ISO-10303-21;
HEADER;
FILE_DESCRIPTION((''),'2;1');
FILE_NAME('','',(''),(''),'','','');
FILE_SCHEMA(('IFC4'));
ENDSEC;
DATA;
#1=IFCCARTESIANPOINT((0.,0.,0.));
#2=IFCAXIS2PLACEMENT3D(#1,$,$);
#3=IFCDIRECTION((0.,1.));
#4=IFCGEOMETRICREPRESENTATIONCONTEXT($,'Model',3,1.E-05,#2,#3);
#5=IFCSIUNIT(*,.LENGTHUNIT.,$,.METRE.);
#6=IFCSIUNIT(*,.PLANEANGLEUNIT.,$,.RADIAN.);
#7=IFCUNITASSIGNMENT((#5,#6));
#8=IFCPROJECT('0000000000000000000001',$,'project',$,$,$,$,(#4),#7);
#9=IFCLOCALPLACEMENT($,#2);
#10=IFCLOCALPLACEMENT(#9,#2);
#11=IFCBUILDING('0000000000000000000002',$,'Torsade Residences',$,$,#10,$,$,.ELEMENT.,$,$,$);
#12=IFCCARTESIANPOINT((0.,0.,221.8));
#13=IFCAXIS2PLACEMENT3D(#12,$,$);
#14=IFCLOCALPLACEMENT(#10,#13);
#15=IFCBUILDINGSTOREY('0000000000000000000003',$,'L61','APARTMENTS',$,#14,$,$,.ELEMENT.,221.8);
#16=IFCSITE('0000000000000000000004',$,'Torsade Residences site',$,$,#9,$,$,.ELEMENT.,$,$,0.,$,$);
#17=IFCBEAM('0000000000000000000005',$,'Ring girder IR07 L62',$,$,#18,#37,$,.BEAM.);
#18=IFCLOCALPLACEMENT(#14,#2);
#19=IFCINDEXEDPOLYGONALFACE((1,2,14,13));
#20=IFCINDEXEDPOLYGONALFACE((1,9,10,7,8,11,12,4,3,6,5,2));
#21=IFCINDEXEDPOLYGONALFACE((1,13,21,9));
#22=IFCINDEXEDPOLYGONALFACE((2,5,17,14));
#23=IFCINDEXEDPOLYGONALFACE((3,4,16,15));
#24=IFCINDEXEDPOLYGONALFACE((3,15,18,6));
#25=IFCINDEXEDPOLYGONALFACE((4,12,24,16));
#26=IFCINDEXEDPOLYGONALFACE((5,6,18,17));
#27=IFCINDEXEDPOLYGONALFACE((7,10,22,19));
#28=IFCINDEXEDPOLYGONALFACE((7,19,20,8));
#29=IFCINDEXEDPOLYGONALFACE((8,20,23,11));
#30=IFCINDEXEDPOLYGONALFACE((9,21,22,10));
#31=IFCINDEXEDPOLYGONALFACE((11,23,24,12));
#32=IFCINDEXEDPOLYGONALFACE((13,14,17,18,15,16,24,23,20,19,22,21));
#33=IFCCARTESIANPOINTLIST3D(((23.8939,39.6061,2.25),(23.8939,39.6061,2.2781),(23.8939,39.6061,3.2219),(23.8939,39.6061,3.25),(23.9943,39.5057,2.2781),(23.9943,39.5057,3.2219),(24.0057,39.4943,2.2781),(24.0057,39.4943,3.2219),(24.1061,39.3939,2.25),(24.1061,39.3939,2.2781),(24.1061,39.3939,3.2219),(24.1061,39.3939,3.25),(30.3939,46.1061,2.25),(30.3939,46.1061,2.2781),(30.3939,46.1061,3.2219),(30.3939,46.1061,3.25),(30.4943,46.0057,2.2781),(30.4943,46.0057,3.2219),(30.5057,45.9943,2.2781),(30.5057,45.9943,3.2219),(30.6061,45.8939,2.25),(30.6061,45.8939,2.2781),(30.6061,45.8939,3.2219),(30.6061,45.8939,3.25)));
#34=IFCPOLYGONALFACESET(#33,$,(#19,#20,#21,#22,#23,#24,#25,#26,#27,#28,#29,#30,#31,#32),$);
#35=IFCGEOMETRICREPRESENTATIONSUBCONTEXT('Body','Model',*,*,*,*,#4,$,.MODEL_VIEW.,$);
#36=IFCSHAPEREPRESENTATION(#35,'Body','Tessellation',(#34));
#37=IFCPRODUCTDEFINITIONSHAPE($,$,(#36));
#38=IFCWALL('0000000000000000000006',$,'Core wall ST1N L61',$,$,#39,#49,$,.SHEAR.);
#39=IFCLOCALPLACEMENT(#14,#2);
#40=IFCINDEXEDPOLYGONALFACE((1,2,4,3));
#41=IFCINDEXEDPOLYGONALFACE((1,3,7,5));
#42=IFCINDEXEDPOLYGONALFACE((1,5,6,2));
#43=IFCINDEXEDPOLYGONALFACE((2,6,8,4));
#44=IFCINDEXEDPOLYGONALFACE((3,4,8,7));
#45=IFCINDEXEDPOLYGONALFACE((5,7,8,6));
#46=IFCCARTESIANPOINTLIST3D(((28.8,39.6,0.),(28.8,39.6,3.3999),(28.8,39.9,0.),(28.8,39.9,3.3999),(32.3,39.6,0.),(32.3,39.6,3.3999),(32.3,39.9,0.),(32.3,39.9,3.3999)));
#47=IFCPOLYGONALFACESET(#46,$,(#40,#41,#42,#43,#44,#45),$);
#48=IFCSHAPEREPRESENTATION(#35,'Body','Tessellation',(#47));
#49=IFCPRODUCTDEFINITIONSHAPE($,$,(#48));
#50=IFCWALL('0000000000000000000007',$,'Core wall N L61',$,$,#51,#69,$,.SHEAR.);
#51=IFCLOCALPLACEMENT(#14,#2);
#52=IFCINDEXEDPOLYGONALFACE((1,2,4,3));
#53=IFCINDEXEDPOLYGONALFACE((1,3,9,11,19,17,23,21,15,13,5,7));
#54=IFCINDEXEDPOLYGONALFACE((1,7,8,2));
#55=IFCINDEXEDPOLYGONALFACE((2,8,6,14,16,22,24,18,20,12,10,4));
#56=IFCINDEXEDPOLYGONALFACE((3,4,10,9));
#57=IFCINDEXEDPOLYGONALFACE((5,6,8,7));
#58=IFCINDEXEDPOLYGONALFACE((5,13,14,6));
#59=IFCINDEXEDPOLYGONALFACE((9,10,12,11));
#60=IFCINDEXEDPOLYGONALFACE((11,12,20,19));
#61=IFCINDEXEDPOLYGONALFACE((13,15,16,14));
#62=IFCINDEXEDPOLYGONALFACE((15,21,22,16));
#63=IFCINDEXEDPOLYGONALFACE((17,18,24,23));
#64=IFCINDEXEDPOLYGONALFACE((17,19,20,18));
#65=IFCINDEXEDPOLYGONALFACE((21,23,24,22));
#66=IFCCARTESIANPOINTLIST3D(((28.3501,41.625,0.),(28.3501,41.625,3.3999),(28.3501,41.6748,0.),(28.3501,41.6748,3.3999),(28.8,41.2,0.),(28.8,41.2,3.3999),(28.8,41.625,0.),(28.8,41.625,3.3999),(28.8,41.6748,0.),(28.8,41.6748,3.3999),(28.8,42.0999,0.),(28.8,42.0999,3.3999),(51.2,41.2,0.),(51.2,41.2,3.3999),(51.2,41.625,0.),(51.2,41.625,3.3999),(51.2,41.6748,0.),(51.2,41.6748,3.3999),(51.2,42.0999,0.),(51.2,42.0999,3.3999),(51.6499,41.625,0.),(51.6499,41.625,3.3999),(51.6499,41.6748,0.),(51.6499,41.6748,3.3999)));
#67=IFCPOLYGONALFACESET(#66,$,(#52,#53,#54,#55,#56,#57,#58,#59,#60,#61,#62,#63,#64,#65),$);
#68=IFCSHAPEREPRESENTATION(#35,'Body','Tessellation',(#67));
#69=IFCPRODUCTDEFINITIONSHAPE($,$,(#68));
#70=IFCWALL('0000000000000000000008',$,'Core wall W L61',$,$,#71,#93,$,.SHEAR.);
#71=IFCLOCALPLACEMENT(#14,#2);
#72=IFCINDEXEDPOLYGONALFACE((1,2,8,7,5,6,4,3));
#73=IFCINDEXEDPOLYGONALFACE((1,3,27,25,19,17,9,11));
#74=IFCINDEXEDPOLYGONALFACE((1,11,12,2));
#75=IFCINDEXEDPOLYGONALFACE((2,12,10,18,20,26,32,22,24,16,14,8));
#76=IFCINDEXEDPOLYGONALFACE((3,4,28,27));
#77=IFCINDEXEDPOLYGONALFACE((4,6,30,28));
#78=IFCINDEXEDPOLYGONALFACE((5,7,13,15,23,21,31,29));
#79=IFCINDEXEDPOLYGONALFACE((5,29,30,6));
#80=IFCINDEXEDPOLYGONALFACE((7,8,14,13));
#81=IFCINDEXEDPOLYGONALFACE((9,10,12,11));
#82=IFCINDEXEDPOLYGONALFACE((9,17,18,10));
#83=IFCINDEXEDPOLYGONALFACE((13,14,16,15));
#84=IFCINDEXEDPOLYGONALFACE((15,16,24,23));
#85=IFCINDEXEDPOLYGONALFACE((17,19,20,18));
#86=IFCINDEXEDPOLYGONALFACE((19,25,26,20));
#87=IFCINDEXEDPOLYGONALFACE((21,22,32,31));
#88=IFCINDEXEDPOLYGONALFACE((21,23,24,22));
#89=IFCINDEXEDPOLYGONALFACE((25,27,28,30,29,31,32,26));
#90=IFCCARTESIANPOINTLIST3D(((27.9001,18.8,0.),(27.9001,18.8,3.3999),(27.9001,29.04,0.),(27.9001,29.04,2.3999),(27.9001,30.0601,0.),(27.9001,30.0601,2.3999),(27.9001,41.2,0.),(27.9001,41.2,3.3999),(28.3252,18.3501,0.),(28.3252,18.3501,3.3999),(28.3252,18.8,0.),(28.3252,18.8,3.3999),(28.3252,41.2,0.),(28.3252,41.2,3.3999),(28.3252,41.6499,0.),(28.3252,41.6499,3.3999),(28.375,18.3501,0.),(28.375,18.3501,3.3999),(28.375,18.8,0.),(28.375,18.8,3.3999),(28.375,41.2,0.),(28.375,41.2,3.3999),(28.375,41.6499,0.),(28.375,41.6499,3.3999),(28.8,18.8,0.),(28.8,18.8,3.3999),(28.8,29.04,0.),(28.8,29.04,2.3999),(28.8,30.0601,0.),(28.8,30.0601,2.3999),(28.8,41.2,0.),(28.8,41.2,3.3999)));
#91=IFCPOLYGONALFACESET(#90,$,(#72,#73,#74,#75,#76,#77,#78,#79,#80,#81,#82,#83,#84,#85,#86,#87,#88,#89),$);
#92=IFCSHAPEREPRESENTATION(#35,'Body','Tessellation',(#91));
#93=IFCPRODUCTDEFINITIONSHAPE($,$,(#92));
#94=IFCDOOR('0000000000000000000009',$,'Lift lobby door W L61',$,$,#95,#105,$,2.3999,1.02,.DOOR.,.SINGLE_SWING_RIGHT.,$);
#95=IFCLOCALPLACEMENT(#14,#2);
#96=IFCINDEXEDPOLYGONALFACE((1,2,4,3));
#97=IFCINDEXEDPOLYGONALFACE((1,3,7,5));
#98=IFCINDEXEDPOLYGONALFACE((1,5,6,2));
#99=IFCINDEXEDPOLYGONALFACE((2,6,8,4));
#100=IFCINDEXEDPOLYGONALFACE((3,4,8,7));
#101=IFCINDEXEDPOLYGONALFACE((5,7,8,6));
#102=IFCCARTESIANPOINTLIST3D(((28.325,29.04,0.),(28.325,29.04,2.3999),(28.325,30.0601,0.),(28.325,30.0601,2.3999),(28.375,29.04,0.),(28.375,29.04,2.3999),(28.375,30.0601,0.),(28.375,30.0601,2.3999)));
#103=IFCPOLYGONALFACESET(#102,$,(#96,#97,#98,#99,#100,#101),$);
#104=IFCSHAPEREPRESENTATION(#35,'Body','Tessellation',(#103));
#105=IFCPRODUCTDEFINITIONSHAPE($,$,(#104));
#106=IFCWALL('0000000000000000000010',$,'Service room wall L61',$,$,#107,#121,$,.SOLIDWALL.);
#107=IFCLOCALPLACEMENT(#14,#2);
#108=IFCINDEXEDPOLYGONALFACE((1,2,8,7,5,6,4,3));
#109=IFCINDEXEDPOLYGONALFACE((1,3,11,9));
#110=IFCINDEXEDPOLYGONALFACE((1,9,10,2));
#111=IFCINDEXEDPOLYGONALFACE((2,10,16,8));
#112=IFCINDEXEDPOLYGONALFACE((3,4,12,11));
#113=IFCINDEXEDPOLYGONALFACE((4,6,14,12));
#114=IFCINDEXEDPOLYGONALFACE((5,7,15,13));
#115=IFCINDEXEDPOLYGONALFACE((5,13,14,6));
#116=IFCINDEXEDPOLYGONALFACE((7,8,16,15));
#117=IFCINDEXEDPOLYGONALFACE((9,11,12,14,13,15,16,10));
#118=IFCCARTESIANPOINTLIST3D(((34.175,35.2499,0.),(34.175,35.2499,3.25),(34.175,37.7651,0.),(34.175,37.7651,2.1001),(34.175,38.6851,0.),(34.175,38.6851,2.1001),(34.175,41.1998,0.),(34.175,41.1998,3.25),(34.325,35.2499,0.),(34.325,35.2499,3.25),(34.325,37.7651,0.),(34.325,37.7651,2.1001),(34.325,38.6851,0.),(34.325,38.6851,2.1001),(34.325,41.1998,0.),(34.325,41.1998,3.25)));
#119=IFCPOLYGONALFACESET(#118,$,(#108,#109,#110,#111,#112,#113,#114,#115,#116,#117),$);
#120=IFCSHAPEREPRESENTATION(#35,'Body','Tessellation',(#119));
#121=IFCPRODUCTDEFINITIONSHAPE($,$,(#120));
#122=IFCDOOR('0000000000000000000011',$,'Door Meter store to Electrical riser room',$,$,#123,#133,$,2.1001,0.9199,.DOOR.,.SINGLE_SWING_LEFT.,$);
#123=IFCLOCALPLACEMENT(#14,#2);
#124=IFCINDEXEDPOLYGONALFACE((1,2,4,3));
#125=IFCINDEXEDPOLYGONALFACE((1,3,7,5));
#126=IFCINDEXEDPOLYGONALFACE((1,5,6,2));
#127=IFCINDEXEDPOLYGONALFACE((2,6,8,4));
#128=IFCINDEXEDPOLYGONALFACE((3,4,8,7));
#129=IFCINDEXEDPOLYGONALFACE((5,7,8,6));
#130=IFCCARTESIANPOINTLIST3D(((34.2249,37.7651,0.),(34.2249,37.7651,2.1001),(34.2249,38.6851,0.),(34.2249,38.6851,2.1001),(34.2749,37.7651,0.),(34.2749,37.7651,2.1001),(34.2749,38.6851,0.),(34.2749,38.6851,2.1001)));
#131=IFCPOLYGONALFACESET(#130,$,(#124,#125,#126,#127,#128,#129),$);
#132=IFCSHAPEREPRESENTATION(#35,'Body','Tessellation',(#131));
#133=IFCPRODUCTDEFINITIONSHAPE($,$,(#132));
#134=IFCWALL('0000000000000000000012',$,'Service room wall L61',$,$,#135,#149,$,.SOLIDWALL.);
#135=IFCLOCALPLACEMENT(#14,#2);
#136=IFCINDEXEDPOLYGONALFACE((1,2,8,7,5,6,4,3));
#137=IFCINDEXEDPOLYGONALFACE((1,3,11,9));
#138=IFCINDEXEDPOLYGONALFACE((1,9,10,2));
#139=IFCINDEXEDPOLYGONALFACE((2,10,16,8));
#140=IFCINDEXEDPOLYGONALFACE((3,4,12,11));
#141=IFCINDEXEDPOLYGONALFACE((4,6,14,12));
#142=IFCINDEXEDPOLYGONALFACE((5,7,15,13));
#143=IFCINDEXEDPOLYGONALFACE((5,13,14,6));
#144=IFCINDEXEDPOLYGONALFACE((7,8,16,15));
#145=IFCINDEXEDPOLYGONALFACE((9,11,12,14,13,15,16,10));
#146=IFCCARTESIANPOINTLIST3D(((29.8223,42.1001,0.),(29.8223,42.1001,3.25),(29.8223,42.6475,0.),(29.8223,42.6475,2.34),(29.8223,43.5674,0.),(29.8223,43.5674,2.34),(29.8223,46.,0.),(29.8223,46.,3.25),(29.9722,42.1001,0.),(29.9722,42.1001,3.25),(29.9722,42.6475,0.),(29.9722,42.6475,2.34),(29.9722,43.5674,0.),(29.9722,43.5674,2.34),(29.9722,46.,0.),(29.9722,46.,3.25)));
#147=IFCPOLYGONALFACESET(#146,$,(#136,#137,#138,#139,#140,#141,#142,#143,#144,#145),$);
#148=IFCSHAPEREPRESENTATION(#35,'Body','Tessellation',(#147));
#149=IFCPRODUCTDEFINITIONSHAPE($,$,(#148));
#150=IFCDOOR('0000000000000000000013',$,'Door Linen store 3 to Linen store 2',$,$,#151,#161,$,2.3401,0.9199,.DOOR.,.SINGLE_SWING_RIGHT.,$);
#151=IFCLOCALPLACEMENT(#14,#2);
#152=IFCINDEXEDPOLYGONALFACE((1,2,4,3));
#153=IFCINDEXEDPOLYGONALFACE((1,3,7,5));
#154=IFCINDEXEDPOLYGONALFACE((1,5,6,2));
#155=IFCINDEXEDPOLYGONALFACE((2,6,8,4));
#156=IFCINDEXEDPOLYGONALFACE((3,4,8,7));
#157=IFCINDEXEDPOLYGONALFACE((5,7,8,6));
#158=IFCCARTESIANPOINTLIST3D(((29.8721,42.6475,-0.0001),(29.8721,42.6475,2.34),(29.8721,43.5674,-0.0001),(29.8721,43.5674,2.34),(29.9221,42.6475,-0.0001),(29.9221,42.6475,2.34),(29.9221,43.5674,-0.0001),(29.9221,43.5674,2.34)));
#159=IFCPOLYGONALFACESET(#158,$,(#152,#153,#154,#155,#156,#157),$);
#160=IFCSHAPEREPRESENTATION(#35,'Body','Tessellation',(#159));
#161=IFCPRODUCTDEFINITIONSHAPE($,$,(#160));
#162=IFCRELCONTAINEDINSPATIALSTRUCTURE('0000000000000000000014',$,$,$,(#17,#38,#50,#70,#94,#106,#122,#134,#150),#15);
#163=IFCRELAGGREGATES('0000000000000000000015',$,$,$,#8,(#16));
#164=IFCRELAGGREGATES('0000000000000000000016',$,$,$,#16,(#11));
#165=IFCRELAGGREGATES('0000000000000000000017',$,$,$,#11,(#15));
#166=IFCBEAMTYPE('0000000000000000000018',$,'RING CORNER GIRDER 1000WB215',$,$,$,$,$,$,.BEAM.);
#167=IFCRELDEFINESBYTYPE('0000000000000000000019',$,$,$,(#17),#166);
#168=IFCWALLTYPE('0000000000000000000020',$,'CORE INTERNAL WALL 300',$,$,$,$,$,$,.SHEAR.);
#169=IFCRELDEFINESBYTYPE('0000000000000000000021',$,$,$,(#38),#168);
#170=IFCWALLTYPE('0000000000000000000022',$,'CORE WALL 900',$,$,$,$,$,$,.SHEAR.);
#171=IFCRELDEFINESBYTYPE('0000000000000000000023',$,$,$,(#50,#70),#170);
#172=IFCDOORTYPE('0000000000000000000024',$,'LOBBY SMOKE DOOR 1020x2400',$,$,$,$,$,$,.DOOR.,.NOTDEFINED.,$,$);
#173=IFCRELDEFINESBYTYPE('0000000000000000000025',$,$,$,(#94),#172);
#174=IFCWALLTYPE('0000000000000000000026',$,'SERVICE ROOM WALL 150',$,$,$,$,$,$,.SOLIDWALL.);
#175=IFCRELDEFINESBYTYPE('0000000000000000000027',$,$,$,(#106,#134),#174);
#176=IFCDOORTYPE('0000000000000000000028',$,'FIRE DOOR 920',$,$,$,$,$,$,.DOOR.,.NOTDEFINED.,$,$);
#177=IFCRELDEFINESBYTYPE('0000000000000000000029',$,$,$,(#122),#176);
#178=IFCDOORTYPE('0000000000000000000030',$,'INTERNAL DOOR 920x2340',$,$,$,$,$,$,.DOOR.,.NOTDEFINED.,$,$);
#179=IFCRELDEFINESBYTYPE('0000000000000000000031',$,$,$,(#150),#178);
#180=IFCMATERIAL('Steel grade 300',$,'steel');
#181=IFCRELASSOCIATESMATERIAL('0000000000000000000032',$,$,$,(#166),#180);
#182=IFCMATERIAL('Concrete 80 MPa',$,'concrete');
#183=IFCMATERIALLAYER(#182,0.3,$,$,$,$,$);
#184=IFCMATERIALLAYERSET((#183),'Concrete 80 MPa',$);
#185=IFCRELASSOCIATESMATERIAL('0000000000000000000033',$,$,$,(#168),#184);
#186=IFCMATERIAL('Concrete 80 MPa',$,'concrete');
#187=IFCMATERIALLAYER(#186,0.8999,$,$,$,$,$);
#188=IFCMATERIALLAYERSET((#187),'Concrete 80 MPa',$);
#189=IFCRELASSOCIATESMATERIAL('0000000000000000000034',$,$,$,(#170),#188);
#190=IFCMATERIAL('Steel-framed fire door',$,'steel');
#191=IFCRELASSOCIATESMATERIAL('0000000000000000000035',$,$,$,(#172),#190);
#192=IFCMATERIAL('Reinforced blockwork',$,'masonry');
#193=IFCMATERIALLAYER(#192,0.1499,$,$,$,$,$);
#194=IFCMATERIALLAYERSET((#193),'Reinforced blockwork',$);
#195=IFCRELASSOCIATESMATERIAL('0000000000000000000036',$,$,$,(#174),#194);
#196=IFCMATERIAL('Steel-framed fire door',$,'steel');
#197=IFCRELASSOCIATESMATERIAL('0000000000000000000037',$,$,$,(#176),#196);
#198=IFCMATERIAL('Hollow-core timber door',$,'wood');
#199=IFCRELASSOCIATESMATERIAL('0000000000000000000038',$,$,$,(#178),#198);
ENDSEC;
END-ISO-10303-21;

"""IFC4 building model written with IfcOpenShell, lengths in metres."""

from ifc_helpers import new_model, si_unit, direction, frame, frame_2d, origin, origin_2d, place, context, subcontext, project, spatial, polyline, rectangle, i_section, outline, extrude, material, layer, layer_set, material_profile, profile_set, type_object, element, fill, save


model = new_model("IFC4")

# Units and contexts
model_context = context("Model", 3, precision=1e-05, world=origin(), true_north=direction((0.0, 1.0)))
body_context = subcontext(model_context, "Body", "Model", "MODEL_VIEW")
ifc_project = project(units=[si_unit("LENGTHUNIT", "METRE"), si_unit("PLANEANGLEUNIT", "RADIAN")], contexts=[model_context])

# Site, building, storey
site_placement = place(None, origin())
site = spatial("IfcSite", under=ifc_project, at=site_placement, Name="Torsade Residences site", CompositionType="ELEMENT", RefElevation=0.0)
building_placement = place(site_placement, origin())
building = spatial("IfcBuilding", under=site, at=building_placement, Name="Torsade Residences", CompositionType="ELEMENT")
storey_placement = place(building_placement, frame((0.0, 0.0, 221.8)))
storey = spatial("IfcBuildingStorey", under=building, at=storey_placement, Name="L61", Description="APARTMENTS", CompositionType="ELEMENT", Elevation=221.8)

# Beam
ifc_material_1 = material(Name="Steel grade 300", Category="steel")
ifc_material_profile_1 = material_profile(ifc_material_1, i_section(OverallWidth=0.3, OverallDepth=1.0, WebThickness=0.0161, FlangeThickness=0.0281, at=origin_2d()), Name="1000WB215")
ifc_profile_set_1 = profile_set([ifc_material_profile_1], Name="Steel grade 300")
beam_type_1 = type_object("IfcBeamType", Name="RING CORNER GIRDER 1000WB215", PredefinedType="BEAM", material=ifc_profile_set_1)
beam_1_placement = place(storey_placement, frame((30.5, 46.0, 2.75), z_axis=(-0.707107, -0.707107, 0.0), x_axis=(0.707107, -0.707107, 0.0)))
element("IfcBeam", 1, at=beam_1_placement, inside=storey, type_object=beam_type_1, Name="Ring girder IR07 L62", PredefinedType="BEAM", context=body_context, shape_type="SweptSolid", body=[
    extrude(i_section(OverallWidth=0.3, OverallDepth=1.0, WebThickness=0.0161, FlangeThickness=0.0281, at=origin_2d()), origin(), (0.0, 0.0, 1.0), 9.1924),
])

# Walls
ifc_material_2 = material(Name="Concrete 80 MPa", Category="concrete")
ifc_layer_1 = layer(ifc_material_2, 0.3)
ifc_layer_set_1 = layer_set([ifc_layer_1], Name="Concrete 80 MPa")
wall_type_1 = type_object("IfcWallType", Name="CORE INTERNAL WALL 300", PredefinedType="SHEAR", material=ifc_layer_set_1)
wall_1_placement = place(storey_placement, frame((28.8, 39.75, 0.0), z_axis=(0.0, 0.0, 1.0), x_axis=(1.0, 0.0, 0.0)))
element("IfcWall", 2, at=wall_1_placement, inside=storey, type_object=wall_type_1, Name="Core wall ST1N L61", PredefinedType="SHEAR", context=body_context, shape_type="SweptSolid", body=[
    extrude(rectangle(XDim=3.5, YDim=0.3, at=frame_2d((1.75, 0.0))), origin(), (0.0, 0.0, 1.0), 3.3999),
])
ifc_material_3 = material(Name="Concrete 80 MPa", Category="concrete")
ifc_layer_2 = layer(ifc_material_3, 0.8999)
ifc_layer_set_2 = layer_set([ifc_layer_2], Name="Concrete 80 MPa")
wall_type_2 = type_object("IfcWallType", Name="CORE WALL 900", PredefinedType="SHEAR", material=ifc_layer_set_2)
wall_2_placement = place(storey_placement, frame((28.8, 41.6499, 0.0), z_axis=(0.0, 0.0, 1.0), x_axis=(1.0, 0.0, 0.0)))
element("IfcWall", 3, at=wall_2_placement, inside=storey, type_object=wall_type_2, Name="Core wall N L61", PredefinedType="SHEAR", context=body_context, shape_type="SweptSolid", body=[
    extrude(outline(polyline([(0.0, -0.45), (22.3999, -0.45), (22.3999, -0.0249), (22.8499, -0.0249), (22.8499, 0.0249), (22.3999, 0.0249), (22.3999, 0.45), (0.0, 0.45), (0.0, 0.0249), (-0.45, 0.0249), (-0.45, -0.0249), (0.0, -0.0249), (0.0, -0.45)])), origin(), (0.0, 0.0, 1.0), 3.3999),
])

# Walls, openings, doors
wall_3_placement = place(storey_placement, frame((28.3501, 41.2, 0.0), z_axis=(0.0, 0.0, 1.0), x_axis=(0.0, -1.0, 0.0)))
wall_3 = element("IfcWall", 4, at=wall_3_placement, inside=storey, type_object=wall_type_2, Name="Core wall W L61", PredefinedType="SHEAR", context=body_context, shape_type="SweptSolid", body=[
    extrude(outline(polyline([(0.0, -0.45), (22.3999, -0.45), (22.3999, -0.0249), (22.8499, -0.0249), (22.8499, 0.0249), (22.3999, 0.0249), (22.3999, 0.45), (0.0, 0.45), (0.0, 0.0249), (-0.45, 0.0249), (-0.45, -0.0249), (0.0, -0.0249), (0.0, -0.45)])), origin(), (0.0, 0.0, 1.0), 3.3999),
])
opening_1_placement = place(wall_3_placement, frame((11.1399, 0.0, 0.0)))
opening_1 = element("IfcOpeningElement", 5, at=opening_1_placement, cuts=wall_3, PredefinedType="OPENING", context=body_context, shape_type="SweptSolid", body=[
    extrude(rectangle(XDim=1.02, YDim=2.3999, at=frame_2d((0.51, 1.2))), frame((0.0, 0.46, 0.0), z_axis=(0.0, -1.0, 0.0), x_axis=(1.0, 0.0, 0.0)), (0.0, 0.0, 1.0), 0.9199),
])
ifc_material_4 = material(Name="Steel-framed fire door", Category="steel")
door_type_1 = type_object("IfcDoorType", Name="LOBBY SMOKE DOOR 1020x2400", OperationType="NOTDEFINED", PredefinedType="DOOR", material=ifc_material_4)
door_1_placement = place(opening_1_placement, origin())
door_1 = element("IfcDoor", 6, at=door_1_placement, inside=storey, type_object=door_type_1, Name="Lift lobby door W L61", OperationType="SINGLE_SWING_RIGHT", OverallHeight=2.3999, OverallWidth=1.02, PredefinedType="DOOR", context=body_context, shape_type="SweptSolid", body=[
    extrude(rectangle(XDim=1.02, YDim=2.3999, at=frame_2d((0.51, 1.2))), frame((0.0, 0.0249, 0.0), z_axis=(0.0, -1.0, 0.0), x_axis=(1.0, 0.0, 0.0)), (0.0, 0.0, 1.0), 0.05),
])
fill(opening_1, door_1)
ifc_material_5 = material(Name="Reinforced blockwork", Category="masonry")
ifc_layer_3 = layer(ifc_material_5, 0.1499)
ifc_layer_set_3 = layer_set([ifc_layer_3], Name="Reinforced blockwork")
wall_type_3 = type_object("IfcWallType", Name="SERVICE ROOM WALL 150", PredefinedType="SOLIDWALL", material=ifc_layer_set_3)
wall_4_placement = place(storey_placement, frame((34.25, 41.2, 0.0), z_axis=(0.0, 0.0, 1.0), x_axis=(0.0, -1.0, 0.0)))
wall_4 = element("IfcWall", 7, at=wall_4_placement, inside=storey, type_object=wall_type_3, Name="Service room wall L61", PredefinedType="SOLIDWALL", context=body_context, shape_type="SweptSolid", body=[
    extrude(rectangle(XDim=5.95, YDim=0.1499, at=frame_2d((2.9751, 0.0))), origin(), (0.0, 0.0, 1.0), 3.25),
])
opening_2_placement = place(wall_4_placement, frame((2.5149, 0.0, 0.0)))
opening_2 = element("IfcOpeningElement", 8, at=opening_2_placement, cuts=wall_4, PredefinedType="OPENING", context=body_context, shape_type="SweptSolid", body=[
    extrude(rectangle(XDim=0.9199, YDim=2.1001, at=frame_2d((0.46, 1.05))), frame((0.0, 0.085, 0.0), z_axis=(0.0, -1.0, 0.0), x_axis=(1.0, 0.0, 0.0)), (0.0, 0.0, 1.0), 0.1699),
])
ifc_material_6 = material(Name="Steel-framed fire door", Category="steel")
door_type_2 = type_object("IfcDoorType", Name="FIRE DOOR 920", OperationType="NOTDEFINED", PredefinedType="DOOR", material=ifc_material_6)
door_2_placement = place(opening_2_placement, origin())
door_2 = element("IfcDoor", 9, at=door_2_placement, inside=storey, type_object=door_type_2, Name="Door Meter store to Electrical riser room", OperationType="SINGLE_SWING_LEFT", OverallHeight=2.1001, OverallWidth=0.9199, PredefinedType="DOOR", context=body_context, shape_type="SweptSolid", body=[
    extrude(rectangle(XDim=0.9199, YDim=2.1001, at=frame_2d((0.46, 1.05))), frame((0.0, 0.0249, 0.0), z_axis=(0.0, -1.0, 0.0), x_axis=(1.0, 0.0, 0.0)), (0.0, 0.0, 1.0), 0.05),
])
fill(opening_2, door_2)
wall_5_placement = place(storey_placement, frame((29.8972, 46.0, 0.0), z_axis=(0.0, 0.0, 1.0), x_axis=(0.0, -1.0, 0.0)))
wall_5 = element("IfcWall", 10, at=wall_5_placement, inside=storey, type_object=wall_type_3, Name="Service room wall L61", PredefinedType="SOLIDWALL", context=body_context, shape_type="SweptSolid", body=[
    extrude(rectangle(XDim=3.8999, YDim=0.1499, at=frame_2d((1.95, 0.0))), origin(), (0.0, 0.0, 1.0), 3.25),
])
opening_3_placement = place(wall_5_placement, frame((2.4326, 0.0, 0.0)))
opening_3 = element("IfcOpeningElement", 11, at=opening_3_placement, cuts=wall_5, PredefinedType="OPENING", context=body_context, shape_type="SweptSolid", body=[
    extrude(rectangle(XDim=0.9199, YDim=2.3401, at=frame_2d((0.46, 1.1699))), frame((0.0, 0.085, 0.0), z_axis=(0.0, -1.0, 0.0), x_axis=(1.0, 0.0, 0.0)), (0.0, 0.0, 1.0), 0.1699),
])
ifc_material_7 = material(Name="Hollow-core timber door", Category="wood")
door_type_3 = type_object("IfcDoorType", Name="INTERNAL DOOR 920x2340", OperationType="NOTDEFINED", PredefinedType="DOOR", material=ifc_material_7)
door_3_placement = place(opening_3_placement, origin())
door_3 = element("IfcDoor", 12, at=door_3_placement, inside=storey, type_object=door_type_3, Name="Door Linen store 3 to Linen store 2", OperationType="SINGLE_SWING_RIGHT", OverallHeight=2.3401, OverallWidth=0.9199, PredefinedType="DOOR", context=body_context, shape_type="SweptSolid", body=[
    extrude(rectangle(XDim=0.9199, YDim=2.3401, at=frame_2d((0.46, 1.1699))), frame((0.0, 0.0249, 0.0), z_axis=(0.0, -1.0, 0.0), x_axis=(1.0, 0.0, 0.0)), (0.0, 0.0, 1.0), 0.05),
])
fill(opening_3, door_3)

save(model, "model.ifc")
